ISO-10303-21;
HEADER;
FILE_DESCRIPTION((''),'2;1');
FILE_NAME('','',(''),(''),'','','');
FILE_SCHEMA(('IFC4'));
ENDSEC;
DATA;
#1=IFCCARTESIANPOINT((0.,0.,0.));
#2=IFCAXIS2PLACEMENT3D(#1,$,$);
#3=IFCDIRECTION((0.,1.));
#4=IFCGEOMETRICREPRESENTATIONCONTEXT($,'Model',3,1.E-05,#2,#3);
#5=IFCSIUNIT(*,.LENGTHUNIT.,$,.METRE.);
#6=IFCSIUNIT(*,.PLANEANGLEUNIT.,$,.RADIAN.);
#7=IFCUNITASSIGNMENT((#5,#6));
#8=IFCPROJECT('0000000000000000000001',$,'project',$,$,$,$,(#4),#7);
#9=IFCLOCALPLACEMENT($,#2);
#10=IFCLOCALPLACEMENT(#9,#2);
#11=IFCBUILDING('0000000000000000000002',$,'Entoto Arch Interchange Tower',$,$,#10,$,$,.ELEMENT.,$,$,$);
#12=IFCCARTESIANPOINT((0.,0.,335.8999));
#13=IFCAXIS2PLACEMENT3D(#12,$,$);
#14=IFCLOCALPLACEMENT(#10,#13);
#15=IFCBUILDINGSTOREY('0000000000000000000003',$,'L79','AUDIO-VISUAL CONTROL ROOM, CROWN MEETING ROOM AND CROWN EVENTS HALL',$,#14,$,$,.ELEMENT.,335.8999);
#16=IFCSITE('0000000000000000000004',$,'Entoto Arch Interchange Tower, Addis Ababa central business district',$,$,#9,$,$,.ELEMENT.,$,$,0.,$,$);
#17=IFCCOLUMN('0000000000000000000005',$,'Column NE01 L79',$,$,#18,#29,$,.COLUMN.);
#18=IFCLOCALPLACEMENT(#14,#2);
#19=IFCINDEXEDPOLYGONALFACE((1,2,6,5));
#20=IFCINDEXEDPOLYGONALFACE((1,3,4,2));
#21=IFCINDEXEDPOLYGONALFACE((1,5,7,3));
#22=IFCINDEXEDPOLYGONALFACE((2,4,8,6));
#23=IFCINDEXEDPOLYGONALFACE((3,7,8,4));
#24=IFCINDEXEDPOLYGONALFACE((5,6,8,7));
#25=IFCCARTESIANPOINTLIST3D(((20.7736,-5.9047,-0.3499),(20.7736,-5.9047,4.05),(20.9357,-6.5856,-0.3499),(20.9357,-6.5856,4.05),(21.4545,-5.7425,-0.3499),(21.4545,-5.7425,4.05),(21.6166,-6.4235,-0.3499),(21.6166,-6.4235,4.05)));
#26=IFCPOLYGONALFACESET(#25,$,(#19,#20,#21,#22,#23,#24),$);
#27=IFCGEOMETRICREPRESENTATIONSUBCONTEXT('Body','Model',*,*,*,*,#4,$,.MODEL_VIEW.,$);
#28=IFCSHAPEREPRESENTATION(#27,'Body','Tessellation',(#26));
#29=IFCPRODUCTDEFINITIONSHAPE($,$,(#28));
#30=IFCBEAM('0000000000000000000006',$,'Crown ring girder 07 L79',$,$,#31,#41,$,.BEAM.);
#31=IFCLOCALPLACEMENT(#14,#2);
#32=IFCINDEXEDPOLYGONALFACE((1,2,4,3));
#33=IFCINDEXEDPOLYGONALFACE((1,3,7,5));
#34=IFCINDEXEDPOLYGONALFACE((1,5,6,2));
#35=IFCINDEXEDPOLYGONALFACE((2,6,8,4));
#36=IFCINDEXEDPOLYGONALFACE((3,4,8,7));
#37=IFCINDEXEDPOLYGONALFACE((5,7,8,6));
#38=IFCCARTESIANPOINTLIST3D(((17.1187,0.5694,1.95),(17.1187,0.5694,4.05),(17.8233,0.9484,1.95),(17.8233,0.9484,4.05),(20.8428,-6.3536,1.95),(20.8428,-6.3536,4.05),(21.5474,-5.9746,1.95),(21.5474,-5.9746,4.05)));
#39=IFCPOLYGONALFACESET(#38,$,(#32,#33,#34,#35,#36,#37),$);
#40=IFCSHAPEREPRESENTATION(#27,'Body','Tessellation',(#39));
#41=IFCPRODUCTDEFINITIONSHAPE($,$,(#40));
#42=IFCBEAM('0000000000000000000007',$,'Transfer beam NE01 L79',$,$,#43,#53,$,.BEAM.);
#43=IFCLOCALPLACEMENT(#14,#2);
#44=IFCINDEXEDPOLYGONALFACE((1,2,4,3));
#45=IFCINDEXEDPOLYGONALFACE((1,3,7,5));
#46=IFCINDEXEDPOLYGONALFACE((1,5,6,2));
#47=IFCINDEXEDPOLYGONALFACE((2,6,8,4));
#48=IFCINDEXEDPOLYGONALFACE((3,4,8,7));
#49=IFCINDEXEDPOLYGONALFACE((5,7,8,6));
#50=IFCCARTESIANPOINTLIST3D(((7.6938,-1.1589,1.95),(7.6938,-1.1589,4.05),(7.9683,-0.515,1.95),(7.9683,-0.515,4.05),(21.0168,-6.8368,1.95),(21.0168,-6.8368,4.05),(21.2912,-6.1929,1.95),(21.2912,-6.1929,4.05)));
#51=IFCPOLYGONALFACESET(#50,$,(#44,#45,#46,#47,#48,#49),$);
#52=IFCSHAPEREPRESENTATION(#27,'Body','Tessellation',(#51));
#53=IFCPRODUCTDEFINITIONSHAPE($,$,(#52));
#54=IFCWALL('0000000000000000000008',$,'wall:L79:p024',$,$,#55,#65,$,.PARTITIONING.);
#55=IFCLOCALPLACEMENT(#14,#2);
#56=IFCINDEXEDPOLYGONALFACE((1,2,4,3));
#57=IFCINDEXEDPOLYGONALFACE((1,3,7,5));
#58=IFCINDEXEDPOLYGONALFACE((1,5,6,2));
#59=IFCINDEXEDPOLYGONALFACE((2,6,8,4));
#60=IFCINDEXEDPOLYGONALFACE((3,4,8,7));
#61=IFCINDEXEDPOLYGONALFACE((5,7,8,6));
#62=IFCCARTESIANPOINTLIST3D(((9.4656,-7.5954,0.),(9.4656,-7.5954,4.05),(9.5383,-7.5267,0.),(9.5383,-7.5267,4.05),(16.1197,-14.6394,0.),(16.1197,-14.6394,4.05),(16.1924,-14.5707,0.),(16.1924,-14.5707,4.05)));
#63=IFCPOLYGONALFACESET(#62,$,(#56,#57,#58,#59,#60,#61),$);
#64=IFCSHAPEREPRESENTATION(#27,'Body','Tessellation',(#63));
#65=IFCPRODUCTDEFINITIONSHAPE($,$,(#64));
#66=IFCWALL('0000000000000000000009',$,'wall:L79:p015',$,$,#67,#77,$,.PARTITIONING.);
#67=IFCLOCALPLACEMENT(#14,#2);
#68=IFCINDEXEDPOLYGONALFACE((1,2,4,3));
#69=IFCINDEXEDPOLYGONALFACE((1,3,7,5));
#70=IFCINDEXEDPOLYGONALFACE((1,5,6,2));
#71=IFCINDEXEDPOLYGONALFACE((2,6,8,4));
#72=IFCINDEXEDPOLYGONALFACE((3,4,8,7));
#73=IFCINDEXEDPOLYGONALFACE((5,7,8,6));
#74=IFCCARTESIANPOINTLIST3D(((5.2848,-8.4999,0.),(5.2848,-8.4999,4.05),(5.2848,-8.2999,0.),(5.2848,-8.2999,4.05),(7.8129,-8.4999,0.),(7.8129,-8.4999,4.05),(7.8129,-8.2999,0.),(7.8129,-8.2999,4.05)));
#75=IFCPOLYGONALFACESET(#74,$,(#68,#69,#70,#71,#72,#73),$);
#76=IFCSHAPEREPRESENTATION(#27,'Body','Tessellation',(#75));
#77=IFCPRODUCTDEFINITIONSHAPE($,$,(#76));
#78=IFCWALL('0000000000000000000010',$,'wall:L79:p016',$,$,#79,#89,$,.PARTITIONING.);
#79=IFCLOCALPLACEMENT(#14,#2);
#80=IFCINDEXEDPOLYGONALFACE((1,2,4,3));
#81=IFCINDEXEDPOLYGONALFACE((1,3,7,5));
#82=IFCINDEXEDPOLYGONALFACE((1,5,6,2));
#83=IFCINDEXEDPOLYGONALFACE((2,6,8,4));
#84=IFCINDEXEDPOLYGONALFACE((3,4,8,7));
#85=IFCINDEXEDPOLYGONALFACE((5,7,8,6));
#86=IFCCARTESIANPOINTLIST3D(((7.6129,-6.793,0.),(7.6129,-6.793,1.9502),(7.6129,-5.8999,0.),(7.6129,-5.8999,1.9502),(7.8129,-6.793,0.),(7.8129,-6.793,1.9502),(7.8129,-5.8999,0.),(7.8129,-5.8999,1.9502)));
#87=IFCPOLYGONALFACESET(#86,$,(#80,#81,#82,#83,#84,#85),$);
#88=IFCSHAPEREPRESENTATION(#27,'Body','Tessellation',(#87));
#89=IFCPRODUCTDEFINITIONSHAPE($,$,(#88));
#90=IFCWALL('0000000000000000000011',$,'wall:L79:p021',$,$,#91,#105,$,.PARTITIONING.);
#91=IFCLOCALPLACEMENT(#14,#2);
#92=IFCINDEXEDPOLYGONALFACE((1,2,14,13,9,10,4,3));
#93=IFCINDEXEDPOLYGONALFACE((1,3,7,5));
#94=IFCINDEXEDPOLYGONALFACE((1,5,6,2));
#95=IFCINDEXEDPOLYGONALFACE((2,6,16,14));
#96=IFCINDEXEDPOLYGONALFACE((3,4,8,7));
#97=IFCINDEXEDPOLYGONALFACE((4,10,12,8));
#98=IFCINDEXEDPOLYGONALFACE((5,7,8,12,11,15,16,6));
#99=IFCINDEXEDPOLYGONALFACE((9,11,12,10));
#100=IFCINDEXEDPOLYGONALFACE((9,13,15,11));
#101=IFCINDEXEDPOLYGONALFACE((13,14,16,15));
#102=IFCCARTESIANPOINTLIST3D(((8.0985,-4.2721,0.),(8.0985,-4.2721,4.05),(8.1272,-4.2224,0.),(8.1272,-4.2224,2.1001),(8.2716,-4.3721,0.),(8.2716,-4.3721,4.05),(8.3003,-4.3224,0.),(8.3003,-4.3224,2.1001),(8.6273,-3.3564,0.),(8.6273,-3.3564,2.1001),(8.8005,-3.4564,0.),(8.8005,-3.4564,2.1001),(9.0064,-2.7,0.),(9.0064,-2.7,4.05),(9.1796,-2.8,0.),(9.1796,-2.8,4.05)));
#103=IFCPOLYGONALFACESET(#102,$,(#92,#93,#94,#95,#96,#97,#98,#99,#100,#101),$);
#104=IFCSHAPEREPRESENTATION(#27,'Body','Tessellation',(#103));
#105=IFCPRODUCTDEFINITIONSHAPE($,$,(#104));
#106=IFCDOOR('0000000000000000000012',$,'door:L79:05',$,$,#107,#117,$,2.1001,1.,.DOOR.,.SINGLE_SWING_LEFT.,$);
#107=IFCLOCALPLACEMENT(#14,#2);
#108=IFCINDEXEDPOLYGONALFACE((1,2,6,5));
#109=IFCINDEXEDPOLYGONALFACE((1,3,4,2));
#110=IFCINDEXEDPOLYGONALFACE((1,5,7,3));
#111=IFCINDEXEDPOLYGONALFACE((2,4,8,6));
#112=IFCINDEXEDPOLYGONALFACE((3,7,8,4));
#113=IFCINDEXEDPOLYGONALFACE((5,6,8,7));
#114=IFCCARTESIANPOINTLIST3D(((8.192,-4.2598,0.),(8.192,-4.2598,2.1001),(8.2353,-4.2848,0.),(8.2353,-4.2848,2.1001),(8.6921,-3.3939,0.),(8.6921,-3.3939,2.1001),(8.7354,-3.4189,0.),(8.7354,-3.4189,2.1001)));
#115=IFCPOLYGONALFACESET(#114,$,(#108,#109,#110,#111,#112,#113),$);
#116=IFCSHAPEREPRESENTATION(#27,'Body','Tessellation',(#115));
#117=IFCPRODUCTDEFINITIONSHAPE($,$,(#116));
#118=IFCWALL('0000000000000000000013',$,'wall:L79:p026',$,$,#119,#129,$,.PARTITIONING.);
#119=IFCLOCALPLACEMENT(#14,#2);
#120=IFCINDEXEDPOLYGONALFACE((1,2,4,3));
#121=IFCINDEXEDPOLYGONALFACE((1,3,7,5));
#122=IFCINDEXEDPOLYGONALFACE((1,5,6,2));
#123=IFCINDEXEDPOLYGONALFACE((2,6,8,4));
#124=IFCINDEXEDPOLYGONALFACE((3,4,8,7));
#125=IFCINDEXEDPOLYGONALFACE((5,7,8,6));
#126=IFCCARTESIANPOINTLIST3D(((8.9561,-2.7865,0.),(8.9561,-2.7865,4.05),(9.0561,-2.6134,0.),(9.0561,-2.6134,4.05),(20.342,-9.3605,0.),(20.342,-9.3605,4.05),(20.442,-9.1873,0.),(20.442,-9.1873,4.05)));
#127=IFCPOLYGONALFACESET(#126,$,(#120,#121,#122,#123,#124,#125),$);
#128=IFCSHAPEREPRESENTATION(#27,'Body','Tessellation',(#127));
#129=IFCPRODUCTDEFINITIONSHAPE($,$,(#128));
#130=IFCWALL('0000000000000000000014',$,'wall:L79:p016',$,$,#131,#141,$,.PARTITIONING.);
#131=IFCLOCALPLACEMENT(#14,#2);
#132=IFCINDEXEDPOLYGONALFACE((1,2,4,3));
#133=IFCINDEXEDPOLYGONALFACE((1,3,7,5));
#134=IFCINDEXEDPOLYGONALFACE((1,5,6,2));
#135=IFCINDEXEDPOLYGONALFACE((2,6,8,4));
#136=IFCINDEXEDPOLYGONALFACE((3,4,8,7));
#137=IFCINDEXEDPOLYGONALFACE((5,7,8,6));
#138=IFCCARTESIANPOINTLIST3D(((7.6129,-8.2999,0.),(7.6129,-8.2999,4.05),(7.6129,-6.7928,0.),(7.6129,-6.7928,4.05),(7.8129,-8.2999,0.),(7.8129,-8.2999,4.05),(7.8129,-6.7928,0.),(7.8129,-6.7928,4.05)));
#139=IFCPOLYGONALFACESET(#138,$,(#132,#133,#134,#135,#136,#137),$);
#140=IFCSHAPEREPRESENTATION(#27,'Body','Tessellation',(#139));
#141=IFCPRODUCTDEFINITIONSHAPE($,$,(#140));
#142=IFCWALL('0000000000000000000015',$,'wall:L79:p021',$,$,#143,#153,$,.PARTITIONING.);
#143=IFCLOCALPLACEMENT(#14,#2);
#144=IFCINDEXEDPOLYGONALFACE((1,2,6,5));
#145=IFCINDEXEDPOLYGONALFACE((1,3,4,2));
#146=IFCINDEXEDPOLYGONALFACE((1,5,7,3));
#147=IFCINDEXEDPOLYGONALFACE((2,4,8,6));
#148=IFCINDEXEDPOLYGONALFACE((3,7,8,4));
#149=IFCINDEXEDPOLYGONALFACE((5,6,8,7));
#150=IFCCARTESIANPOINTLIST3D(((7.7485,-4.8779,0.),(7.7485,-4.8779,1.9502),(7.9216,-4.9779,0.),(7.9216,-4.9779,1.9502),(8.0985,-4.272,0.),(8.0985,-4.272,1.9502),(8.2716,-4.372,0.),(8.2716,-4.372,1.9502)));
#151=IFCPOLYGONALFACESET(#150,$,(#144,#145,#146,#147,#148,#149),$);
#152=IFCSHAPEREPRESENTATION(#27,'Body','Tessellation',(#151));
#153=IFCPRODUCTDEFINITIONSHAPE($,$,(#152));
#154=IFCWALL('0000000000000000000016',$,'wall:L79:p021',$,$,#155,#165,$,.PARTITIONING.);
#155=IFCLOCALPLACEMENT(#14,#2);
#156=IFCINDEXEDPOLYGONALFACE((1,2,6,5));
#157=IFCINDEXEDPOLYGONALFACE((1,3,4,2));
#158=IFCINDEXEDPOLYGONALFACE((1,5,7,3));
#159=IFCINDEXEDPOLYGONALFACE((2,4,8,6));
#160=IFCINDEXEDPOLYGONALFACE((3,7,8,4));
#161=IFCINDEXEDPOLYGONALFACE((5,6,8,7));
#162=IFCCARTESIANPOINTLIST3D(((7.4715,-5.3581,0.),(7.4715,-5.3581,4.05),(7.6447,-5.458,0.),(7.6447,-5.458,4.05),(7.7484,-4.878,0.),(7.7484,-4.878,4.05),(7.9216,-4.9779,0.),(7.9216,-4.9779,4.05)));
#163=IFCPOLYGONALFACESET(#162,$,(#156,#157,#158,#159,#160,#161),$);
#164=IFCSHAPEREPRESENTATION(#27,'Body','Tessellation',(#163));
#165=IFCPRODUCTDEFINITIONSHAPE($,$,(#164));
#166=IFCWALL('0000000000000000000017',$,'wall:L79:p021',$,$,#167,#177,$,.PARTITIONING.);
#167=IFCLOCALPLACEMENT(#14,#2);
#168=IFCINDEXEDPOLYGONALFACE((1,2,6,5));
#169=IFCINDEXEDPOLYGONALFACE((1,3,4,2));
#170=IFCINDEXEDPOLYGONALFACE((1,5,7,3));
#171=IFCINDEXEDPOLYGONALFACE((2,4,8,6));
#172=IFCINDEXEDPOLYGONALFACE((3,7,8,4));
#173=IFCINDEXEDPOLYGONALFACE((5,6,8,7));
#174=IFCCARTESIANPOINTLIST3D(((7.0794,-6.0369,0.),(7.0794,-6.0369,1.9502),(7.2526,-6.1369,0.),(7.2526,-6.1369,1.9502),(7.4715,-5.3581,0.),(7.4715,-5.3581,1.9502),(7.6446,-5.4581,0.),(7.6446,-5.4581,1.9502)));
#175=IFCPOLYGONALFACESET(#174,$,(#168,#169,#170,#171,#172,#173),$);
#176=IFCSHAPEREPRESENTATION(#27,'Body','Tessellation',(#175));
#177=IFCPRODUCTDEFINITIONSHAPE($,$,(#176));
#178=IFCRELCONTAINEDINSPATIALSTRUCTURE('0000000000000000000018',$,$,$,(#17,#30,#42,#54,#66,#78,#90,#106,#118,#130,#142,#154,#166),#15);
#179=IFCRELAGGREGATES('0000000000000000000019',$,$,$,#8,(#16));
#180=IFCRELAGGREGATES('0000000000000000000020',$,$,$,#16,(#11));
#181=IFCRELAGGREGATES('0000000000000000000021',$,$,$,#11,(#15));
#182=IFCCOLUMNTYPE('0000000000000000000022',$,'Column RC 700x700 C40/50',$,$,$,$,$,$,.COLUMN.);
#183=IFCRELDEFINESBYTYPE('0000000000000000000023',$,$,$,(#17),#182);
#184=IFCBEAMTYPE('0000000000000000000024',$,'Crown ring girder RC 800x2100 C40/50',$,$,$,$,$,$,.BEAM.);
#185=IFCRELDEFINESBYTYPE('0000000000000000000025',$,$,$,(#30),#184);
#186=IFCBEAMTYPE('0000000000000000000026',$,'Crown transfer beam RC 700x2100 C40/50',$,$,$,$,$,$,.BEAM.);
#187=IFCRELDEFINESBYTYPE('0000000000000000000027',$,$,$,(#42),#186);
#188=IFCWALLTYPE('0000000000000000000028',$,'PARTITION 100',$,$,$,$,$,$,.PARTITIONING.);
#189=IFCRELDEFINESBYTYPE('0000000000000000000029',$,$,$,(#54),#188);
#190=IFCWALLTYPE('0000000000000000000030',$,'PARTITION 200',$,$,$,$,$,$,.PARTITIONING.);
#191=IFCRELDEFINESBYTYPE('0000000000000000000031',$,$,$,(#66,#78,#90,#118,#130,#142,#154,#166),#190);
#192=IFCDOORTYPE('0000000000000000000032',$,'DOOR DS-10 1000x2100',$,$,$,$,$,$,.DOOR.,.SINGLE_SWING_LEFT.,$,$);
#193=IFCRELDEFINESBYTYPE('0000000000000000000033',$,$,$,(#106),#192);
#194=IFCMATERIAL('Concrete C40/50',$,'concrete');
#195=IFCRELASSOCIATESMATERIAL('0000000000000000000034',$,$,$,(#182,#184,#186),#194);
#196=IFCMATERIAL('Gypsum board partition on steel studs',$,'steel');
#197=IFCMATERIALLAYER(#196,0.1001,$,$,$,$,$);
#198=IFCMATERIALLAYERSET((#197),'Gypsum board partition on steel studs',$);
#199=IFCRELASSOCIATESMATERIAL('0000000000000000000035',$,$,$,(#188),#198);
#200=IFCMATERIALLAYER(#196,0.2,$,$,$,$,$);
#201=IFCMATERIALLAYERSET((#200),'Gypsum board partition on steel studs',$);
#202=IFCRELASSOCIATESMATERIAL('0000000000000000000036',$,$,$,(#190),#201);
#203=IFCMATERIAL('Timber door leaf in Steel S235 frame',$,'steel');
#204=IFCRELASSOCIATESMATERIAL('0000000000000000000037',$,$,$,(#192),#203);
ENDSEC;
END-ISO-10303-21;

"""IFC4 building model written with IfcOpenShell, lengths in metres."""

from ifc_helpers import new_model, si_unit, direction, frame, frame_2d, origin, origin_2d, place, context, subcontext, project, spatial, rectangle, extrude, material, layer, layer_set, material_profile, profile_set, type_object, element, fill, save


model = new_model("IFC4")

# Units and contexts
model_context = context("Model", 3, precision=1e-05, world=origin(), true_north=direction((0.0, 1.0)))
body_context = subcontext(model_context, "Body", "Model", "MODEL_VIEW")
ifc_project = project(units=[si_unit("LENGTHUNIT", "METRE"), si_unit("PLANEANGLEUNIT", "RADIAN")], contexts=[model_context])

# Site, building, storey
site_placement = place(None, origin())
site = spatial("IfcSite", under=ifc_project, at=site_placement, Name="Entoto Arch Interchange Tower, Addis Ababa central business district", CompositionType="ELEMENT", RefElevation=0.0)
building_placement = place(site_placement, origin())
building = spatial("IfcBuilding", under=site, at=building_placement, Name="Entoto Arch Interchange Tower", CompositionType="ELEMENT")
storey_placement = place(building_placement, frame((0.0, 0.0, 335.8999)))
storey = spatial("IfcBuildingStorey", under=building, at=storey_placement, Name="L79", Description="AUDIO-VISUAL CONTROL ROOM, CROWN MEETING ROOM AND CROWN EVENTS HALL", CompositionType="ELEMENT", Elevation=335.8999)

# Column
ifc_material_1 = material(Name="Concrete C40/50", Category="concrete")
ifc_material_profile_1 = material_profile(ifc_material_1, rectangle(XDim=0.7, YDim=0.7, at=origin_2d()))
ifc_profile_set_1 = profile_set([ifc_material_profile_1], Name="Concrete C40/50")
column_type = type_object("IfcColumnType", Name="Column RC 700x700 C40/50", PredefinedType="COLUMN", material=ifc_profile_set_1)
column_placement = place(storey_placement, frame((21.1951, -6.1641, -0.3499), z_axis=(0.0, 0.0, 1.0), x_axis=(-0.231612, 0.972808, 0.0)))
element("IfcColumn", 1, at=column_placement, inside=storey, type_object=column_type, Name="Column NE01 L79", PredefinedType="COLUMN", context=body_context, shape_type="SweptSolid", body=[
    extrude(rectangle(XDim=0.7, YDim=0.7, at=origin_2d()), origin(), (0.0, 0.0, 1.0), 4.3999),
])

# Beams
ifc_material_profile_2 = material_profile(ifc_material_1, rectangle(XDim=0.8, YDim=2.1001, at=origin_2d()))
ifc_profile_set_2 = profile_set([ifc_material_profile_2], Name="Concrete C40/50")
beam_type_1 = type_object("IfcBeamType", Name="Crown ring girder RC 800x2100 C40/50", PredefinedType="BEAM", material=ifc_profile_set_2)
beam_1_placement = place(storey_placement, frame((21.1951, -6.1641, 3.0), z_axis=(-0.473735, 0.880667, 0.0), x_axis=(-0.880667, -0.473735, 0.0)))
element("IfcBeam", 2, at=beam_1_placement, inside=storey, type_object=beam_type_1, Name="Crown ring girder 07 L79", PredefinedType="BEAM", context=body_context, shape_type="SweptSolid", body=[
    extrude(rectangle(XDim=0.8, YDim=2.1001, at=origin_2d()), origin(), (0.0, 0.0, 1.0), 7.8611),
])
ifc_material_profile_3 = material_profile(ifc_material_1, rectangle(XDim=0.7, YDim=2.1001, at=origin_2d()))
ifc_profile_set_3 = profile_set([ifc_material_profile_3], Name="Concrete C40/50")
beam_type_2 = type_object("IfcBeamType", Name="Crown transfer beam RC 700x2100 C40/50", PredefinedType="BEAM", material=ifc_profile_set_3)
beam_2_placement = place(storey_placement, frame((7.8311, -0.8369, 3.0), z_axis=(0.91994, -0.392059, 0.0), x_axis=(0.392059, 0.91994, 0.0)))
element("IfcBeam", 3, at=beam_2_placement, inside=storey, type_object=beam_type_2, Name="Transfer beam NE01 L79", PredefinedType="BEAM", context=body_context, shape_type="SweptSolid", body=[
    extrude(rectangle(XDim=0.7, YDim=2.1001, at=origin_2d()), origin(), (0.0, 0.0, 1.0), 14.4824),
])

# Walls
ifc_material_2 = material(Name="Gypsum board partition on steel studs", Category="steel")
ifc_layer_1 = layer(ifc_material_2, 0.1001)
ifc_layer_set_1 = layer_set([ifc_layer_1], Name="Gypsum board partition on steel studs")
wall_type_1 = type_object("IfcWallType", Name="PARTITION 100", PredefinedType="PARTITIONING", material=ifc_layer_set_1)
wall_1_placement = place(storey_placement, frame((9.502, -7.561, 0.0), z_axis=(0.0, 0.0, 1.0), x_axis=(0.686702, -0.726939, 0.0)))
element("IfcWall", 4, at=wall_1_placement, inside=storey, type_object=wall_type_1, Name="wall:L79:p024", PredefinedType="PARTITIONING", context=body_context, shape_type="SweptSolid", body=[
    extrude(rectangle(XDim=9.6899, YDim=0.1001, at=frame_2d((4.845, 0.0))), origin(), (0.0, 0.0, 1.0), 4.05),
])
ifc_layer_2 = layer(ifc_material_2, 0.2)
ifc_layer_set_2 = layer_set([ifc_layer_2], Name="Gypsum board partition on steel studs")
wall_type_2 = type_object("IfcWallType", Name="PARTITION 200", PredefinedType="PARTITIONING", material=ifc_layer_set_2)
wall_2_placement = place(storey_placement, frame((7.813, -8.3999, 0.0), z_axis=(0.0, 0.0, 1.0), x_axis=(-1.0, 0.0, 0.0)))
element("IfcWall", 5, at=wall_2_placement, inside=storey, type_object=wall_type_2, Name="wall:L79:p015", PredefinedType="PARTITIONING", context=body_context, shape_type="SweptSolid", body=[
    extrude(rectangle(XDim=2.5281, YDim=0.2, at=frame_2d((1.2642, 0.0))), origin(), (0.0, 0.0, 1.0), 4.05),
])
wall_3_placement = place(storey_placement, frame((7.7129, -5.8999, 0.0), z_axis=(0.0, 0.0, 1.0), x_axis=(0.0, -1.0, 0.0)))
element("IfcWall", 6, at=wall_3_placement, inside=storey, type_object=wall_type_2, Name="wall:L79:p016", PredefinedType="PARTITIONING", context=body_context, shape_type="SweptSolid", body=[
    extrude(rectangle(XDim=0.8931, YDim=0.2, at=frame_2d((0.4465, 0.0))), origin(), (0.0, 0.0, 1.0), 1.9502),
])

# Wall, opening, door
wall_4_placement = place(storey_placement, frame((9.093, -2.75, 0.0), z_axis=(0.0, 0.0, 1.0), x_axis=(-0.500145, -0.865941, 0.0)))
wall_4 = element("IfcWall", 7, at=wall_4_placement, inside=storey, type_object=wall_type_2, Name="wall:L79:p021", PredefinedType="PARTITIONING", context=body_context, shape_type="SweptSolid", body=[
    extrude(rectangle(XDim=1.8154, YDim=0.2, at=frame_2d((0.9077, 0.0))), origin(), (0.0, 0.0, 1.0), 4.05),
])
opening_1_placement = place(wall_4_placement, frame((0.7581, 0.0, 0.0)))
opening_1 = element("IfcOpeningElement", 8, at=opening_1_placement, cuts=wall_4, PredefinedType="OPENING", context=body_context, shape_type="SweptSolid", body=[
    extrude(rectangle(XDim=1.0, YDim=2.1001, at=frame_2d((0.5, 1.05))), frame((0.0, 0.1099, 0.0), z_axis=(0.0, -1.0, 0.0), x_axis=(1.0, 0.0, 0.0)), (0.0, 0.0, 1.0), 0.22),
])
ifc_material_3 = material(Name="Timber door leaf in Steel S235 frame", Category="steel")
door_type = type_object("IfcDoorType", Name="DOOR DS-10 1000x2100", OperationType="SINGLE_SWING_LEFT", PredefinedType="DOOR", material=ifc_material_3)
door_placement = place(opening_1_placement, origin())
door = element("IfcDoor", 9, at=door_placement, inside=storey, type_object=door_type, Name="door:L79:05", OperationType="SINGLE_SWING_LEFT", OverallHeight=2.1001, OverallWidth=1.0, PredefinedType="DOOR", context=body_context, shape_type="SweptSolid", body=[
    extrude(rectangle(XDim=1.0, YDim=2.1001, at=frame_2d((0.5, 1.05))), frame((0.0, 0.0249, 0.0), z_axis=(0.0, -1.0, 0.0), x_axis=(1.0, 0.0, 0.0)), (0.0, 0.0, 1.0), 0.05),
])
fill(opening_1, door)

# Walls
wall_5_placement = place(storey_placement, frame((9.0061, -2.7, 0.0), z_axis=(0.0, 0.0, 1.0), x_axis=(0.866016, -0.500016, 0.0)))
element("IfcWall", 10, at=wall_5_placement, inside=storey, type_object=wall_type_2, Name="wall:L79:p026", PredefinedType="PARTITIONING", context=body_context, shape_type="SweptSolid", body=[
    extrude(rectangle(XDim=13.1475, YDim=0.2, at=frame_2d((6.5737, 0.0))), origin(), (0.0, 0.0, 1.0), 4.05),
])
wall_6_placement = place(storey_placement, frame((7.7129, -6.793, 0.0), z_axis=(0.0, 0.0, 1.0), x_axis=(0.0, -1.0, 0.0)))
element("IfcWall", 11, at=wall_6_placement, inside=storey, type_object=wall_type_2, Name="wall:L79:p016", PredefinedType="PARTITIONING", context=body_context, shape_type="SweptSolid", body=[
    extrude(rectangle(XDim=1.5071, YDim=0.2, at=frame_2d((0.7534, 0.0))), origin(), (0.0, 0.0, 1.0), 4.05),
])
wall_7_placement = place(storey_placement, frame((8.1851, -4.322, 0.0), z_axis=(0.0, 0.0, 1.0), x_axis=(-0.500266, -0.865872, 0.0)))
element("IfcWall", 12, at=wall_7_placement, inside=storey, type_object=wall_type_2, Name="wall:L79:p021", PredefinedType="PARTITIONING", context=body_context, shape_type="SweptSolid", body=[
    extrude(rectangle(XDim=0.6997, YDim=0.2, at=frame_2d((0.3499, 0.0))), origin(), (0.0, 0.0, 1.0), 1.9502),
])
wall_8_placement = place(storey_placement, frame((7.835, -4.928, 0.0), z_axis=(0.0, 0.0, 1.0), x_axis=(-0.499646, -0.86623, 0.0)))
element("IfcWall", 13, at=wall_8_placement, inside=storey, type_object=wall_type_2, Name="wall:L79:p021", PredefinedType="PARTITIONING", context=body_context, shape_type="SweptSolid", body=[
    extrude(rectangle(XDim=0.5542, YDim=0.2, at=frame_2d((0.2771, 0.0))), origin(), (0.0, 0.0, 1.0), 4.05),
])
wall_9_placement = place(storey_placement, frame((7.5581, -5.408, 0.0), z_axis=(0.0, 0.0, 1.0), x_axis=(-0.500091, -0.865973, 0.0)))
element("IfcWall", 14, at=wall_9_placement, inside=storey, type_object=wall_type_2, Name="wall:L79:p021", PredefinedType="PARTITIONING", context=body_context, shape_type="SweptSolid", body=[
    extrude(rectangle(XDim=0.7839, YDim=0.2, at=frame_2d((0.3921, 0.0))), origin(), (0.0, 0.0, 1.0), 1.9502),
])

save(model, "model.ifc")
